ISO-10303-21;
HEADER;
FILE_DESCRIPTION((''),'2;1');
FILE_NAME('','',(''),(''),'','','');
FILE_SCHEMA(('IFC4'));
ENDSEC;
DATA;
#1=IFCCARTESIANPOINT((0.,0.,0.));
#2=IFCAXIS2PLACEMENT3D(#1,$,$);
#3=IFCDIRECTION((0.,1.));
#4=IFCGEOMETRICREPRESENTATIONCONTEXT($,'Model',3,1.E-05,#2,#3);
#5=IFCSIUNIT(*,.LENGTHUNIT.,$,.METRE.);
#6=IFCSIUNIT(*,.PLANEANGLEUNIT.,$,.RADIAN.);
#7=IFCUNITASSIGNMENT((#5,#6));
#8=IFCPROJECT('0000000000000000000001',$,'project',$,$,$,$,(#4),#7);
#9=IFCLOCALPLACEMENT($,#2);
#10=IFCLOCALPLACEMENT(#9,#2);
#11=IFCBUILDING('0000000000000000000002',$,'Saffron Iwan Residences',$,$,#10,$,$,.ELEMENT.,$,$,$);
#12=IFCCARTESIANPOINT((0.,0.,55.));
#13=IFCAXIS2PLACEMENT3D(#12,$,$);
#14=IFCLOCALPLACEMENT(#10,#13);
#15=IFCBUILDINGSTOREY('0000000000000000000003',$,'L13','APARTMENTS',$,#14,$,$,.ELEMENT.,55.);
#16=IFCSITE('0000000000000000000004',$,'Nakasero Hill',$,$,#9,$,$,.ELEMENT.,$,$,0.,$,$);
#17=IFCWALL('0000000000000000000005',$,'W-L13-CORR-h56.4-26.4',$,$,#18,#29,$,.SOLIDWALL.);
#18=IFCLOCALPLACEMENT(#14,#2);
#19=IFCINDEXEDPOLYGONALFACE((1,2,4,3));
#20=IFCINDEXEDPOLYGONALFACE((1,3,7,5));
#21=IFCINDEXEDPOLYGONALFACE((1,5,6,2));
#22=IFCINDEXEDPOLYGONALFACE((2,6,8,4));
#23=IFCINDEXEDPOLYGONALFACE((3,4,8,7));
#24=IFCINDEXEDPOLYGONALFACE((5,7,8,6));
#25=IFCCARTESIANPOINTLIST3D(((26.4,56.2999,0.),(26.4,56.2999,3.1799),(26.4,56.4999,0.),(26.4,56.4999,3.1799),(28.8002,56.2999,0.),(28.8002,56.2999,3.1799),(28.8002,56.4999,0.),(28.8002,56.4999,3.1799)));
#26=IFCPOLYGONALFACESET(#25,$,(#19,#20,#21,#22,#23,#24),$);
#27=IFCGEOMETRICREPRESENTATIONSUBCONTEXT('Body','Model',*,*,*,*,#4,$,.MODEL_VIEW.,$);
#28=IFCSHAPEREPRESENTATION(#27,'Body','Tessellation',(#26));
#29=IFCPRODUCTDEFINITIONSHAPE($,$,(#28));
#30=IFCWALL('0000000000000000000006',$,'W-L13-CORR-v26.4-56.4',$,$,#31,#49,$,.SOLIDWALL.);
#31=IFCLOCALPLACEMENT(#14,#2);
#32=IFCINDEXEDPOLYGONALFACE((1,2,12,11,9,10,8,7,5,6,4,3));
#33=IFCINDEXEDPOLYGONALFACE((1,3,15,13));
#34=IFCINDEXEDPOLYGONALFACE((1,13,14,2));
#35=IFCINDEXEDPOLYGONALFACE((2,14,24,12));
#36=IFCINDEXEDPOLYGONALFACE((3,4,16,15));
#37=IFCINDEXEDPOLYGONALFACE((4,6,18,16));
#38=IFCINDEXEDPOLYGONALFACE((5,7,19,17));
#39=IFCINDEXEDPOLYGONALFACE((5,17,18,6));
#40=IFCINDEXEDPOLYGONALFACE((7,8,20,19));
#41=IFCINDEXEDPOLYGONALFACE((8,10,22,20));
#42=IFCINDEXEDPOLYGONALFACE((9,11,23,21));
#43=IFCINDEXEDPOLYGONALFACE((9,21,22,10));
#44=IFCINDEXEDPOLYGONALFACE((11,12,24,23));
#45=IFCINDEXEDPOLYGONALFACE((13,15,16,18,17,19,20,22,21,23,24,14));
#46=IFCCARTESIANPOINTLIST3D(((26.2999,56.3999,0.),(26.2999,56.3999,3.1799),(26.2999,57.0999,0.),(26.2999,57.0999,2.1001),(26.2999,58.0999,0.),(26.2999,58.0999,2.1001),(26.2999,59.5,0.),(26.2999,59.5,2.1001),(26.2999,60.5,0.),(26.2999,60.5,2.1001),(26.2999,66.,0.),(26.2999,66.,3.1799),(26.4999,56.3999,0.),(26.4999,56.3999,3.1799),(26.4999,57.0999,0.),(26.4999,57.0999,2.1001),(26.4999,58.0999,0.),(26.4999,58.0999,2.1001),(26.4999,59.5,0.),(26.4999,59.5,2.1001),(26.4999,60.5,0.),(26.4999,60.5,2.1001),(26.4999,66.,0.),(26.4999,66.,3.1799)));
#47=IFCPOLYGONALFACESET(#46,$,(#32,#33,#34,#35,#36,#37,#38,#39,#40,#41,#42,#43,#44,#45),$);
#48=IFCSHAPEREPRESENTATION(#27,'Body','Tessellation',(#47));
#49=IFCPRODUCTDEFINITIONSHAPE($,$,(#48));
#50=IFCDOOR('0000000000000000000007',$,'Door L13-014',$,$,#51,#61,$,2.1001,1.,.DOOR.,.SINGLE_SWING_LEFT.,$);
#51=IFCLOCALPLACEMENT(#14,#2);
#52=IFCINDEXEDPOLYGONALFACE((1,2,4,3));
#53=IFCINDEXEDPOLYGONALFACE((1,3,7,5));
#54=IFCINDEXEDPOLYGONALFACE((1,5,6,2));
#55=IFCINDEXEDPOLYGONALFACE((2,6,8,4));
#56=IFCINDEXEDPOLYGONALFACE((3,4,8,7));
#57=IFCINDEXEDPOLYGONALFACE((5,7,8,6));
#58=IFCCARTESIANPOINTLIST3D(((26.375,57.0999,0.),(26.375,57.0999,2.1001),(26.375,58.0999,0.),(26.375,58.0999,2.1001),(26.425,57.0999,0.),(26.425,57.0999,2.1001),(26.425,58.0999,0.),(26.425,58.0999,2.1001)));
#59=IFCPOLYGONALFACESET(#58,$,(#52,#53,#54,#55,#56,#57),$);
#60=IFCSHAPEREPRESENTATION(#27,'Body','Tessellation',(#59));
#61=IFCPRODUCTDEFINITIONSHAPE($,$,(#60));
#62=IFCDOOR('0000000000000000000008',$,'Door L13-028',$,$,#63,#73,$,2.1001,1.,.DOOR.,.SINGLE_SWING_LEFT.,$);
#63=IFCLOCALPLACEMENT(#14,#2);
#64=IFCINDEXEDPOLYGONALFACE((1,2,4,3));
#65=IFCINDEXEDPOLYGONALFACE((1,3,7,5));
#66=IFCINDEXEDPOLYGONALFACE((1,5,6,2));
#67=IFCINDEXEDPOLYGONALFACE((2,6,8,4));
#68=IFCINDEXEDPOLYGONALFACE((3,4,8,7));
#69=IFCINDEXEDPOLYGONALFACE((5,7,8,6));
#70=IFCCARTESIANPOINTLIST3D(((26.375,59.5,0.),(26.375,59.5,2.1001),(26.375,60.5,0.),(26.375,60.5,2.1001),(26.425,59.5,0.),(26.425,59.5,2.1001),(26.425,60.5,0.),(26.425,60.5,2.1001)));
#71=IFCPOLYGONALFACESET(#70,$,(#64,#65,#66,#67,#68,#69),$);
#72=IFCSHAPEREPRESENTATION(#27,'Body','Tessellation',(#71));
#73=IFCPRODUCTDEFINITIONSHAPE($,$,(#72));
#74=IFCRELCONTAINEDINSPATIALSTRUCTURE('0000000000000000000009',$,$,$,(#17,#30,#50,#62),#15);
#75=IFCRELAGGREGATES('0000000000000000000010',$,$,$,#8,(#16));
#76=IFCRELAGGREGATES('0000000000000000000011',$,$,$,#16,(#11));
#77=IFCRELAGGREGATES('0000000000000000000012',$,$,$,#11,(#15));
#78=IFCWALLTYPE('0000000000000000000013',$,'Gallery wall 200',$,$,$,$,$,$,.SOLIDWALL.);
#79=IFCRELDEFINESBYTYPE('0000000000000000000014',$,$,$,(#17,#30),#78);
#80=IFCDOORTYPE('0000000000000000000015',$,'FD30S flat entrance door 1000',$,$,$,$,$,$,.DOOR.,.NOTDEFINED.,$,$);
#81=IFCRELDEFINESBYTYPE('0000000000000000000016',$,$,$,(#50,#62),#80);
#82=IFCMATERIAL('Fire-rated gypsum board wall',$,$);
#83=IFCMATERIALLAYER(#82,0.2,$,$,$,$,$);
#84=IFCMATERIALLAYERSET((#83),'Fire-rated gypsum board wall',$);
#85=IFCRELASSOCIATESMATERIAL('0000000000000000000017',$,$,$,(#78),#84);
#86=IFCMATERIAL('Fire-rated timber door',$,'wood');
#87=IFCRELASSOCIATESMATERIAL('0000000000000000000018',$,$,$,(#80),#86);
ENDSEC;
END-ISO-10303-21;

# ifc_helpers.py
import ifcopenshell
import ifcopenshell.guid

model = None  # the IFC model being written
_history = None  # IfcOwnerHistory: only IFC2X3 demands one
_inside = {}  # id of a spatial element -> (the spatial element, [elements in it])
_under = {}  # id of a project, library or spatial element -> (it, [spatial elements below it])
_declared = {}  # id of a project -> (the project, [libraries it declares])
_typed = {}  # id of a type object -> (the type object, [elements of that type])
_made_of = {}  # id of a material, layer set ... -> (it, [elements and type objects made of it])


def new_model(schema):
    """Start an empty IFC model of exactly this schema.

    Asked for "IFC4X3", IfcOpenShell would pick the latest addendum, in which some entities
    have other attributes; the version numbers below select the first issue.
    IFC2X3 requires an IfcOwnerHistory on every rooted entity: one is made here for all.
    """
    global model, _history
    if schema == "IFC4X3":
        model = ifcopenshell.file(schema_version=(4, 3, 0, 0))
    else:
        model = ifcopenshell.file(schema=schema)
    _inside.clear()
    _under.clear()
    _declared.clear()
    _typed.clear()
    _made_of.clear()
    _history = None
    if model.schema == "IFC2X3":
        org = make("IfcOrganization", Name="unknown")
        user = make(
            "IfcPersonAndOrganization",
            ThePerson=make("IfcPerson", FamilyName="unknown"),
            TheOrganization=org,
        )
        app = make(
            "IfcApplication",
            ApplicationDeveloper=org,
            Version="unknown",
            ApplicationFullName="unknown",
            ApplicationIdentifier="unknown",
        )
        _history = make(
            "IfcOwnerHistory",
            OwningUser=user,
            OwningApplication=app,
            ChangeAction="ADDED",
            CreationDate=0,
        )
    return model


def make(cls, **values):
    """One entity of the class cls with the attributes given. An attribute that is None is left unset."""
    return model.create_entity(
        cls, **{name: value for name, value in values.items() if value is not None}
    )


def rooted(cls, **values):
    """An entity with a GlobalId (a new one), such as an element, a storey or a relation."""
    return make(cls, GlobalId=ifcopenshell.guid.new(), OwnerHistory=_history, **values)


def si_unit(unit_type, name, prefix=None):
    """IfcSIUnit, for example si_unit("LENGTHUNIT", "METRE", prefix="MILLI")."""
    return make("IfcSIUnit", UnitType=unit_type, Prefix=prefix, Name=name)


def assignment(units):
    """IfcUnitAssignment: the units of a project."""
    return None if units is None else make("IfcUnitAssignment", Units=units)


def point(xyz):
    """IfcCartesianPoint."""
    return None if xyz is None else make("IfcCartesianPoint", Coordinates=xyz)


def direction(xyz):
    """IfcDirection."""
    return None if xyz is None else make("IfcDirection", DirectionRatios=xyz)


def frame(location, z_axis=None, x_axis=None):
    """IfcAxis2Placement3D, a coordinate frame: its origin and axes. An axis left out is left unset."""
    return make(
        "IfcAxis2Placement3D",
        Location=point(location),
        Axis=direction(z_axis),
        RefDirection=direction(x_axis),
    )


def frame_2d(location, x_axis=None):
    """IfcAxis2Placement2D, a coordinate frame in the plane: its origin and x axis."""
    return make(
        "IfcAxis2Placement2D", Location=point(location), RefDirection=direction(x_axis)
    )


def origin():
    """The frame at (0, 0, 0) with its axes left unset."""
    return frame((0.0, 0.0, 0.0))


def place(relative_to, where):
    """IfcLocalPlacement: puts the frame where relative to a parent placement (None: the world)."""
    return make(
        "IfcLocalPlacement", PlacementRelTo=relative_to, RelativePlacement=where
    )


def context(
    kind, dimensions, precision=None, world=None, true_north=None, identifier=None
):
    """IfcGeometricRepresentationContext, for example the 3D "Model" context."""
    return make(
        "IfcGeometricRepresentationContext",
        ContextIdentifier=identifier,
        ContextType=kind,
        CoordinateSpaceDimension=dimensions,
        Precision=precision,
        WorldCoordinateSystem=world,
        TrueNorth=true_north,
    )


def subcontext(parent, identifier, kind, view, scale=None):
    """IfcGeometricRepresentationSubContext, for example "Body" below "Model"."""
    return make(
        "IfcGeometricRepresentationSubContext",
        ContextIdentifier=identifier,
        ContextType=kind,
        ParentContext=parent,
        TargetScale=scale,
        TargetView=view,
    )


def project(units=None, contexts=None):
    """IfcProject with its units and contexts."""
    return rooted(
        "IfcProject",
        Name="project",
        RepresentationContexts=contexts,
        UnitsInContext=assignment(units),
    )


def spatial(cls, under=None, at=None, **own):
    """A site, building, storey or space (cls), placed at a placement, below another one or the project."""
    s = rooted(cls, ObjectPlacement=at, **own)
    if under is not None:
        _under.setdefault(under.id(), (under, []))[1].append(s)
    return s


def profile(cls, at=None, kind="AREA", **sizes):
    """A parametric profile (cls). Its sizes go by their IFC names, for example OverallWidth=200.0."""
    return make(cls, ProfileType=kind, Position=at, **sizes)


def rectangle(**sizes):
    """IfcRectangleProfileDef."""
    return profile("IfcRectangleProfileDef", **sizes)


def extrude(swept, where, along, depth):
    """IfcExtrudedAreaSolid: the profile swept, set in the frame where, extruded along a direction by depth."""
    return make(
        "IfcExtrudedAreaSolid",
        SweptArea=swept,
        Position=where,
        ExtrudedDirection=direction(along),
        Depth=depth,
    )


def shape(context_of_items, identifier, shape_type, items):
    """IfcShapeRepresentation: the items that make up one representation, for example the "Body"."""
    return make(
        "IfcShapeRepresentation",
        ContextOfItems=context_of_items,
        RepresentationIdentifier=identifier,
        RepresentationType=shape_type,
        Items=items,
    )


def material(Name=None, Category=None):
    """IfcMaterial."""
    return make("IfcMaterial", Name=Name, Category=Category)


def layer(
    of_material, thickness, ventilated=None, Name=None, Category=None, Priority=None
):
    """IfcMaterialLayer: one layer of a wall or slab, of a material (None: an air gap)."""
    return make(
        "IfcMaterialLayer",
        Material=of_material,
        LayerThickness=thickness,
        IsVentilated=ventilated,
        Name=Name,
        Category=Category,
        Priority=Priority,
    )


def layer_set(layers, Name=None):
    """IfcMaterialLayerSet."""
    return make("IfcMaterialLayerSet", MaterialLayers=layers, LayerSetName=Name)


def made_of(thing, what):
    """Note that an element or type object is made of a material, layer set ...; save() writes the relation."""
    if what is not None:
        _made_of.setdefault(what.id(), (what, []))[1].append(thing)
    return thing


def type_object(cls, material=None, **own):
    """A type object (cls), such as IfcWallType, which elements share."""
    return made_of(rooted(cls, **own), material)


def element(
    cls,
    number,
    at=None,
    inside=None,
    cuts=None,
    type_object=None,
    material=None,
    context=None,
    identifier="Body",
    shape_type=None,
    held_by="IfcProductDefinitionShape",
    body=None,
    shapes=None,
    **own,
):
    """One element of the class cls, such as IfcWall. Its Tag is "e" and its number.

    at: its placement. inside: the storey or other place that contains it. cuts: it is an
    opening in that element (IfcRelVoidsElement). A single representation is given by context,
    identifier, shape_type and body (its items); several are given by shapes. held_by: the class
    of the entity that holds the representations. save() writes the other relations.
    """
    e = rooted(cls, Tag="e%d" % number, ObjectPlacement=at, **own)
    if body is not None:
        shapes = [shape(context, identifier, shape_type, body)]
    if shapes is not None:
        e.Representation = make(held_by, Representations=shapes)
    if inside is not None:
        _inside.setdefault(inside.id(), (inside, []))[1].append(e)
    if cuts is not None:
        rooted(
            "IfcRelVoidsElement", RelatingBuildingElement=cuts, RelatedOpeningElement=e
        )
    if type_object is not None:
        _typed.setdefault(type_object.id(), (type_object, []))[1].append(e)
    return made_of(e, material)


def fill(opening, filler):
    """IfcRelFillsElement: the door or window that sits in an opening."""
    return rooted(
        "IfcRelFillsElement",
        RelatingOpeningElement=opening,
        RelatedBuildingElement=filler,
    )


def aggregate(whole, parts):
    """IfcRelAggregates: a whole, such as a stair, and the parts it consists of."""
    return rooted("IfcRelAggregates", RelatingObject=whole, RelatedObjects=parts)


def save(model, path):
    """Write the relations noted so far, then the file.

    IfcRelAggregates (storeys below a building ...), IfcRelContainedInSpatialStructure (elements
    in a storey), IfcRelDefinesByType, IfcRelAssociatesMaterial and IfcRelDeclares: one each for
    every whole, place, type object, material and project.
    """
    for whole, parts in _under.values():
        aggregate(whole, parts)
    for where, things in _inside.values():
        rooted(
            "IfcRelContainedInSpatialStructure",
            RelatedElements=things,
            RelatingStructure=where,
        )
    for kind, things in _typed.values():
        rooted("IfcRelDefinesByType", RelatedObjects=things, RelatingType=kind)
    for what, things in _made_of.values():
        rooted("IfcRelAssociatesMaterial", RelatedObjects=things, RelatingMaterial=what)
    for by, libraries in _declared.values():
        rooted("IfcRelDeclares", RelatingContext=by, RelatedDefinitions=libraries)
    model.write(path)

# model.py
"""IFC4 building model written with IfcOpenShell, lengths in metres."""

from ifc_helpers import new_model, si_unit, direction, frame, frame_2d, origin, place, context, subcontext, project, spatial, rectangle, extrude, material, layer, layer_set, type_object, element, fill, save


model = new_model("IFC4")

# Units and contexts
model_context = context("Model", 3, precision=1e-05, world=origin(), true_north=direction((0.0, 1.0)))
body_context = subcontext(model_context, "Body", "Model", "MODEL_VIEW")
ifc_project = project(units=[si_unit("LENGTHUNIT", "METRE"), si_unit("PLANEANGLEUNIT", "RADIAN")], contexts=[model_context])

# Site, building, storey
site_placement = place(None, origin())
site = spatial("IfcSite", under=ifc_project, at=site_placement, Name="Nakasero Hill", CompositionType="ELEMENT", RefElevation=0.0)
building_placement = place(site_placement, origin())
building = spatial("IfcBuilding", under=site, at=building_placement, Name="Saffron Iwan Residences", CompositionType="ELEMENT")
storey_placement = place(building_placement, frame((0.0, 0.0, 55.0)))
storey = spatial("IfcBuildingStorey", under=building, at=storey_placement, Name="L13", Description="APARTMENTS", CompositionType="ELEMENT", Elevation=55.0)

# Wall
ifc_material_1 = material(Name="Fire-rated gypsum board wall")
ifc_layer_1 = layer(ifc_material_1, 0.2)
ifc_layer_set_1 = layer_set([ifc_layer_1], Name="Fire-rated gypsum board wall")
wall_type_1 = type_object("IfcWallType", Name="Gallery wall 200", PredefinedType="SOLIDWALL", material=ifc_layer_set_1)
wall_1_placement = place(storey_placement, frame((26.3999, 56.3999, 0.0), z_axis=(0.0, 0.0, 1.0), x_axis=(1.0, 0.0, 0.0)))
element("IfcWall", 1, at=wall_1_placement, inside=storey, type_object=wall_type_1, Name="W-L13-CORR-h56.4-26.4", PredefinedType="SOLIDWALL", context=body_context, shape_type="SweptSolid", body=[
    extrude(rectangle(XDim=2.4001, YDim=0.2, at=frame_2d((1.2002, 0.0))), origin(), (0.0, 0.0, 1.0), 3.1799),
])

# Wall, openings, doors
wall_2_placement = place(storey_placement, frame((26.3999, 56.3999, 0.0), z_axis=(0.0, 0.0, 1.0), x_axis=(0.0, 1.0, 0.0)))
wall_2 = element("IfcWall", 2, at=wall_2_placement, inside=storey, type_object=wall_type_1, Name="W-L13-CORR-v26.4-56.4", PredefinedType="SOLIDWALL", context=body_context, shape_type="SweptSolid", body=[
    extrude(rectangle(XDim=9.6001, YDim=0.2, at=frame_2d((4.8, 0.0))), origin(), (0.0, 0.0, 1.0), 3.1799),
])
opening_1_placement = place(wall_2_placement, frame((0.7, 0.0, 0.0)))
opening_1 = element("IfcOpeningElement", 3, at=opening_1_placement, cuts=wall_2, PredefinedType="OPENING", context=body_context, shape_type="SweptSolid", body=[
    extrude(rectangle(XDim=1.0, YDim=2.1001, at=frame_2d((0.5, 1.05))), frame((0.0, 0.1099, 0.0), z_axis=(0.0, -1.0, 0.0), x_axis=(1.0, 0.0, 0.0)), (0.0, 0.0, 1.0), 0.22),
])
opening_2_placement = place(wall_2_placement, frame((3.1001, 0.0, 0.0)))
opening_2 = element("IfcOpeningElement", 4, at=opening_2_placement, cuts=wall_2, PredefinedType="OPENING", context=body_context, shape_type="SweptSolid", body=[
    extrude(rectangle(XDim=1.0, YDim=2.1001, at=frame_2d((0.5, 1.05))), frame((0.0, 0.1099, 0.0), z_axis=(0.0, -1.0, 0.0), x_axis=(1.0, 0.0, 0.0)), (0.0, 0.0, 1.0), 0.22),
])
ifc_material_2 = material(Name="Fire-rated timber door", Category="wood")
door_type_1 = type_object("IfcDoorType", Name="FD30S flat entrance door 1000", OperationType="NOTDEFINED", PredefinedType="DOOR", material=ifc_material_2)
door_1_placement = place(opening_1_placement, origin())
door_1 = element("IfcDoor", 5, at=door_1_placement, inside=storey, type_object=door_type_1, Name="Door L13-014", OperationType="SINGLE_SWING_LEFT", OverallHeight=2.1001, OverallWidth=1.0, PredefinedType="DOOR", context=body_context, shape_type="SweptSolid", body=[
    extrude(rectangle(XDim=1.0, YDim=2.1001, at=frame_2d((0.5, 1.05))), frame((0.0, 0.0249, 0.0), z_axis=(0.0, -1.0, 0.0), x_axis=(1.0, 0.0, 0.0)), (0.0, 0.0, 1.0), 0.05),
])
fill(opening_1, door_1)
door_2_placement = place(opening_2_placement, origin())
door_2 = element("IfcDoor", 6, at=door_2_placement, inside=storey, type_object=door_type_1, Name="Door L13-028", OperationType="SINGLE_SWING_LEFT", OverallHeight=2.1001, OverallWidth=1.0, PredefinedType="DOOR", context=body_context, shape_type="SweptSolid", body=[
    extrude(rectangle(XDim=1.0, YDim=2.1001, at=frame_2d((0.5, 1.05))), frame((0.0, 0.0249, 0.0), z_axis=(0.0, -1.0, 0.0), x_axis=(1.0, 0.0, 0.0)), (0.0, 0.0, 1.0), 0.05),
])
fill(opening_2, door_2)

save(model, "model.ifc")
